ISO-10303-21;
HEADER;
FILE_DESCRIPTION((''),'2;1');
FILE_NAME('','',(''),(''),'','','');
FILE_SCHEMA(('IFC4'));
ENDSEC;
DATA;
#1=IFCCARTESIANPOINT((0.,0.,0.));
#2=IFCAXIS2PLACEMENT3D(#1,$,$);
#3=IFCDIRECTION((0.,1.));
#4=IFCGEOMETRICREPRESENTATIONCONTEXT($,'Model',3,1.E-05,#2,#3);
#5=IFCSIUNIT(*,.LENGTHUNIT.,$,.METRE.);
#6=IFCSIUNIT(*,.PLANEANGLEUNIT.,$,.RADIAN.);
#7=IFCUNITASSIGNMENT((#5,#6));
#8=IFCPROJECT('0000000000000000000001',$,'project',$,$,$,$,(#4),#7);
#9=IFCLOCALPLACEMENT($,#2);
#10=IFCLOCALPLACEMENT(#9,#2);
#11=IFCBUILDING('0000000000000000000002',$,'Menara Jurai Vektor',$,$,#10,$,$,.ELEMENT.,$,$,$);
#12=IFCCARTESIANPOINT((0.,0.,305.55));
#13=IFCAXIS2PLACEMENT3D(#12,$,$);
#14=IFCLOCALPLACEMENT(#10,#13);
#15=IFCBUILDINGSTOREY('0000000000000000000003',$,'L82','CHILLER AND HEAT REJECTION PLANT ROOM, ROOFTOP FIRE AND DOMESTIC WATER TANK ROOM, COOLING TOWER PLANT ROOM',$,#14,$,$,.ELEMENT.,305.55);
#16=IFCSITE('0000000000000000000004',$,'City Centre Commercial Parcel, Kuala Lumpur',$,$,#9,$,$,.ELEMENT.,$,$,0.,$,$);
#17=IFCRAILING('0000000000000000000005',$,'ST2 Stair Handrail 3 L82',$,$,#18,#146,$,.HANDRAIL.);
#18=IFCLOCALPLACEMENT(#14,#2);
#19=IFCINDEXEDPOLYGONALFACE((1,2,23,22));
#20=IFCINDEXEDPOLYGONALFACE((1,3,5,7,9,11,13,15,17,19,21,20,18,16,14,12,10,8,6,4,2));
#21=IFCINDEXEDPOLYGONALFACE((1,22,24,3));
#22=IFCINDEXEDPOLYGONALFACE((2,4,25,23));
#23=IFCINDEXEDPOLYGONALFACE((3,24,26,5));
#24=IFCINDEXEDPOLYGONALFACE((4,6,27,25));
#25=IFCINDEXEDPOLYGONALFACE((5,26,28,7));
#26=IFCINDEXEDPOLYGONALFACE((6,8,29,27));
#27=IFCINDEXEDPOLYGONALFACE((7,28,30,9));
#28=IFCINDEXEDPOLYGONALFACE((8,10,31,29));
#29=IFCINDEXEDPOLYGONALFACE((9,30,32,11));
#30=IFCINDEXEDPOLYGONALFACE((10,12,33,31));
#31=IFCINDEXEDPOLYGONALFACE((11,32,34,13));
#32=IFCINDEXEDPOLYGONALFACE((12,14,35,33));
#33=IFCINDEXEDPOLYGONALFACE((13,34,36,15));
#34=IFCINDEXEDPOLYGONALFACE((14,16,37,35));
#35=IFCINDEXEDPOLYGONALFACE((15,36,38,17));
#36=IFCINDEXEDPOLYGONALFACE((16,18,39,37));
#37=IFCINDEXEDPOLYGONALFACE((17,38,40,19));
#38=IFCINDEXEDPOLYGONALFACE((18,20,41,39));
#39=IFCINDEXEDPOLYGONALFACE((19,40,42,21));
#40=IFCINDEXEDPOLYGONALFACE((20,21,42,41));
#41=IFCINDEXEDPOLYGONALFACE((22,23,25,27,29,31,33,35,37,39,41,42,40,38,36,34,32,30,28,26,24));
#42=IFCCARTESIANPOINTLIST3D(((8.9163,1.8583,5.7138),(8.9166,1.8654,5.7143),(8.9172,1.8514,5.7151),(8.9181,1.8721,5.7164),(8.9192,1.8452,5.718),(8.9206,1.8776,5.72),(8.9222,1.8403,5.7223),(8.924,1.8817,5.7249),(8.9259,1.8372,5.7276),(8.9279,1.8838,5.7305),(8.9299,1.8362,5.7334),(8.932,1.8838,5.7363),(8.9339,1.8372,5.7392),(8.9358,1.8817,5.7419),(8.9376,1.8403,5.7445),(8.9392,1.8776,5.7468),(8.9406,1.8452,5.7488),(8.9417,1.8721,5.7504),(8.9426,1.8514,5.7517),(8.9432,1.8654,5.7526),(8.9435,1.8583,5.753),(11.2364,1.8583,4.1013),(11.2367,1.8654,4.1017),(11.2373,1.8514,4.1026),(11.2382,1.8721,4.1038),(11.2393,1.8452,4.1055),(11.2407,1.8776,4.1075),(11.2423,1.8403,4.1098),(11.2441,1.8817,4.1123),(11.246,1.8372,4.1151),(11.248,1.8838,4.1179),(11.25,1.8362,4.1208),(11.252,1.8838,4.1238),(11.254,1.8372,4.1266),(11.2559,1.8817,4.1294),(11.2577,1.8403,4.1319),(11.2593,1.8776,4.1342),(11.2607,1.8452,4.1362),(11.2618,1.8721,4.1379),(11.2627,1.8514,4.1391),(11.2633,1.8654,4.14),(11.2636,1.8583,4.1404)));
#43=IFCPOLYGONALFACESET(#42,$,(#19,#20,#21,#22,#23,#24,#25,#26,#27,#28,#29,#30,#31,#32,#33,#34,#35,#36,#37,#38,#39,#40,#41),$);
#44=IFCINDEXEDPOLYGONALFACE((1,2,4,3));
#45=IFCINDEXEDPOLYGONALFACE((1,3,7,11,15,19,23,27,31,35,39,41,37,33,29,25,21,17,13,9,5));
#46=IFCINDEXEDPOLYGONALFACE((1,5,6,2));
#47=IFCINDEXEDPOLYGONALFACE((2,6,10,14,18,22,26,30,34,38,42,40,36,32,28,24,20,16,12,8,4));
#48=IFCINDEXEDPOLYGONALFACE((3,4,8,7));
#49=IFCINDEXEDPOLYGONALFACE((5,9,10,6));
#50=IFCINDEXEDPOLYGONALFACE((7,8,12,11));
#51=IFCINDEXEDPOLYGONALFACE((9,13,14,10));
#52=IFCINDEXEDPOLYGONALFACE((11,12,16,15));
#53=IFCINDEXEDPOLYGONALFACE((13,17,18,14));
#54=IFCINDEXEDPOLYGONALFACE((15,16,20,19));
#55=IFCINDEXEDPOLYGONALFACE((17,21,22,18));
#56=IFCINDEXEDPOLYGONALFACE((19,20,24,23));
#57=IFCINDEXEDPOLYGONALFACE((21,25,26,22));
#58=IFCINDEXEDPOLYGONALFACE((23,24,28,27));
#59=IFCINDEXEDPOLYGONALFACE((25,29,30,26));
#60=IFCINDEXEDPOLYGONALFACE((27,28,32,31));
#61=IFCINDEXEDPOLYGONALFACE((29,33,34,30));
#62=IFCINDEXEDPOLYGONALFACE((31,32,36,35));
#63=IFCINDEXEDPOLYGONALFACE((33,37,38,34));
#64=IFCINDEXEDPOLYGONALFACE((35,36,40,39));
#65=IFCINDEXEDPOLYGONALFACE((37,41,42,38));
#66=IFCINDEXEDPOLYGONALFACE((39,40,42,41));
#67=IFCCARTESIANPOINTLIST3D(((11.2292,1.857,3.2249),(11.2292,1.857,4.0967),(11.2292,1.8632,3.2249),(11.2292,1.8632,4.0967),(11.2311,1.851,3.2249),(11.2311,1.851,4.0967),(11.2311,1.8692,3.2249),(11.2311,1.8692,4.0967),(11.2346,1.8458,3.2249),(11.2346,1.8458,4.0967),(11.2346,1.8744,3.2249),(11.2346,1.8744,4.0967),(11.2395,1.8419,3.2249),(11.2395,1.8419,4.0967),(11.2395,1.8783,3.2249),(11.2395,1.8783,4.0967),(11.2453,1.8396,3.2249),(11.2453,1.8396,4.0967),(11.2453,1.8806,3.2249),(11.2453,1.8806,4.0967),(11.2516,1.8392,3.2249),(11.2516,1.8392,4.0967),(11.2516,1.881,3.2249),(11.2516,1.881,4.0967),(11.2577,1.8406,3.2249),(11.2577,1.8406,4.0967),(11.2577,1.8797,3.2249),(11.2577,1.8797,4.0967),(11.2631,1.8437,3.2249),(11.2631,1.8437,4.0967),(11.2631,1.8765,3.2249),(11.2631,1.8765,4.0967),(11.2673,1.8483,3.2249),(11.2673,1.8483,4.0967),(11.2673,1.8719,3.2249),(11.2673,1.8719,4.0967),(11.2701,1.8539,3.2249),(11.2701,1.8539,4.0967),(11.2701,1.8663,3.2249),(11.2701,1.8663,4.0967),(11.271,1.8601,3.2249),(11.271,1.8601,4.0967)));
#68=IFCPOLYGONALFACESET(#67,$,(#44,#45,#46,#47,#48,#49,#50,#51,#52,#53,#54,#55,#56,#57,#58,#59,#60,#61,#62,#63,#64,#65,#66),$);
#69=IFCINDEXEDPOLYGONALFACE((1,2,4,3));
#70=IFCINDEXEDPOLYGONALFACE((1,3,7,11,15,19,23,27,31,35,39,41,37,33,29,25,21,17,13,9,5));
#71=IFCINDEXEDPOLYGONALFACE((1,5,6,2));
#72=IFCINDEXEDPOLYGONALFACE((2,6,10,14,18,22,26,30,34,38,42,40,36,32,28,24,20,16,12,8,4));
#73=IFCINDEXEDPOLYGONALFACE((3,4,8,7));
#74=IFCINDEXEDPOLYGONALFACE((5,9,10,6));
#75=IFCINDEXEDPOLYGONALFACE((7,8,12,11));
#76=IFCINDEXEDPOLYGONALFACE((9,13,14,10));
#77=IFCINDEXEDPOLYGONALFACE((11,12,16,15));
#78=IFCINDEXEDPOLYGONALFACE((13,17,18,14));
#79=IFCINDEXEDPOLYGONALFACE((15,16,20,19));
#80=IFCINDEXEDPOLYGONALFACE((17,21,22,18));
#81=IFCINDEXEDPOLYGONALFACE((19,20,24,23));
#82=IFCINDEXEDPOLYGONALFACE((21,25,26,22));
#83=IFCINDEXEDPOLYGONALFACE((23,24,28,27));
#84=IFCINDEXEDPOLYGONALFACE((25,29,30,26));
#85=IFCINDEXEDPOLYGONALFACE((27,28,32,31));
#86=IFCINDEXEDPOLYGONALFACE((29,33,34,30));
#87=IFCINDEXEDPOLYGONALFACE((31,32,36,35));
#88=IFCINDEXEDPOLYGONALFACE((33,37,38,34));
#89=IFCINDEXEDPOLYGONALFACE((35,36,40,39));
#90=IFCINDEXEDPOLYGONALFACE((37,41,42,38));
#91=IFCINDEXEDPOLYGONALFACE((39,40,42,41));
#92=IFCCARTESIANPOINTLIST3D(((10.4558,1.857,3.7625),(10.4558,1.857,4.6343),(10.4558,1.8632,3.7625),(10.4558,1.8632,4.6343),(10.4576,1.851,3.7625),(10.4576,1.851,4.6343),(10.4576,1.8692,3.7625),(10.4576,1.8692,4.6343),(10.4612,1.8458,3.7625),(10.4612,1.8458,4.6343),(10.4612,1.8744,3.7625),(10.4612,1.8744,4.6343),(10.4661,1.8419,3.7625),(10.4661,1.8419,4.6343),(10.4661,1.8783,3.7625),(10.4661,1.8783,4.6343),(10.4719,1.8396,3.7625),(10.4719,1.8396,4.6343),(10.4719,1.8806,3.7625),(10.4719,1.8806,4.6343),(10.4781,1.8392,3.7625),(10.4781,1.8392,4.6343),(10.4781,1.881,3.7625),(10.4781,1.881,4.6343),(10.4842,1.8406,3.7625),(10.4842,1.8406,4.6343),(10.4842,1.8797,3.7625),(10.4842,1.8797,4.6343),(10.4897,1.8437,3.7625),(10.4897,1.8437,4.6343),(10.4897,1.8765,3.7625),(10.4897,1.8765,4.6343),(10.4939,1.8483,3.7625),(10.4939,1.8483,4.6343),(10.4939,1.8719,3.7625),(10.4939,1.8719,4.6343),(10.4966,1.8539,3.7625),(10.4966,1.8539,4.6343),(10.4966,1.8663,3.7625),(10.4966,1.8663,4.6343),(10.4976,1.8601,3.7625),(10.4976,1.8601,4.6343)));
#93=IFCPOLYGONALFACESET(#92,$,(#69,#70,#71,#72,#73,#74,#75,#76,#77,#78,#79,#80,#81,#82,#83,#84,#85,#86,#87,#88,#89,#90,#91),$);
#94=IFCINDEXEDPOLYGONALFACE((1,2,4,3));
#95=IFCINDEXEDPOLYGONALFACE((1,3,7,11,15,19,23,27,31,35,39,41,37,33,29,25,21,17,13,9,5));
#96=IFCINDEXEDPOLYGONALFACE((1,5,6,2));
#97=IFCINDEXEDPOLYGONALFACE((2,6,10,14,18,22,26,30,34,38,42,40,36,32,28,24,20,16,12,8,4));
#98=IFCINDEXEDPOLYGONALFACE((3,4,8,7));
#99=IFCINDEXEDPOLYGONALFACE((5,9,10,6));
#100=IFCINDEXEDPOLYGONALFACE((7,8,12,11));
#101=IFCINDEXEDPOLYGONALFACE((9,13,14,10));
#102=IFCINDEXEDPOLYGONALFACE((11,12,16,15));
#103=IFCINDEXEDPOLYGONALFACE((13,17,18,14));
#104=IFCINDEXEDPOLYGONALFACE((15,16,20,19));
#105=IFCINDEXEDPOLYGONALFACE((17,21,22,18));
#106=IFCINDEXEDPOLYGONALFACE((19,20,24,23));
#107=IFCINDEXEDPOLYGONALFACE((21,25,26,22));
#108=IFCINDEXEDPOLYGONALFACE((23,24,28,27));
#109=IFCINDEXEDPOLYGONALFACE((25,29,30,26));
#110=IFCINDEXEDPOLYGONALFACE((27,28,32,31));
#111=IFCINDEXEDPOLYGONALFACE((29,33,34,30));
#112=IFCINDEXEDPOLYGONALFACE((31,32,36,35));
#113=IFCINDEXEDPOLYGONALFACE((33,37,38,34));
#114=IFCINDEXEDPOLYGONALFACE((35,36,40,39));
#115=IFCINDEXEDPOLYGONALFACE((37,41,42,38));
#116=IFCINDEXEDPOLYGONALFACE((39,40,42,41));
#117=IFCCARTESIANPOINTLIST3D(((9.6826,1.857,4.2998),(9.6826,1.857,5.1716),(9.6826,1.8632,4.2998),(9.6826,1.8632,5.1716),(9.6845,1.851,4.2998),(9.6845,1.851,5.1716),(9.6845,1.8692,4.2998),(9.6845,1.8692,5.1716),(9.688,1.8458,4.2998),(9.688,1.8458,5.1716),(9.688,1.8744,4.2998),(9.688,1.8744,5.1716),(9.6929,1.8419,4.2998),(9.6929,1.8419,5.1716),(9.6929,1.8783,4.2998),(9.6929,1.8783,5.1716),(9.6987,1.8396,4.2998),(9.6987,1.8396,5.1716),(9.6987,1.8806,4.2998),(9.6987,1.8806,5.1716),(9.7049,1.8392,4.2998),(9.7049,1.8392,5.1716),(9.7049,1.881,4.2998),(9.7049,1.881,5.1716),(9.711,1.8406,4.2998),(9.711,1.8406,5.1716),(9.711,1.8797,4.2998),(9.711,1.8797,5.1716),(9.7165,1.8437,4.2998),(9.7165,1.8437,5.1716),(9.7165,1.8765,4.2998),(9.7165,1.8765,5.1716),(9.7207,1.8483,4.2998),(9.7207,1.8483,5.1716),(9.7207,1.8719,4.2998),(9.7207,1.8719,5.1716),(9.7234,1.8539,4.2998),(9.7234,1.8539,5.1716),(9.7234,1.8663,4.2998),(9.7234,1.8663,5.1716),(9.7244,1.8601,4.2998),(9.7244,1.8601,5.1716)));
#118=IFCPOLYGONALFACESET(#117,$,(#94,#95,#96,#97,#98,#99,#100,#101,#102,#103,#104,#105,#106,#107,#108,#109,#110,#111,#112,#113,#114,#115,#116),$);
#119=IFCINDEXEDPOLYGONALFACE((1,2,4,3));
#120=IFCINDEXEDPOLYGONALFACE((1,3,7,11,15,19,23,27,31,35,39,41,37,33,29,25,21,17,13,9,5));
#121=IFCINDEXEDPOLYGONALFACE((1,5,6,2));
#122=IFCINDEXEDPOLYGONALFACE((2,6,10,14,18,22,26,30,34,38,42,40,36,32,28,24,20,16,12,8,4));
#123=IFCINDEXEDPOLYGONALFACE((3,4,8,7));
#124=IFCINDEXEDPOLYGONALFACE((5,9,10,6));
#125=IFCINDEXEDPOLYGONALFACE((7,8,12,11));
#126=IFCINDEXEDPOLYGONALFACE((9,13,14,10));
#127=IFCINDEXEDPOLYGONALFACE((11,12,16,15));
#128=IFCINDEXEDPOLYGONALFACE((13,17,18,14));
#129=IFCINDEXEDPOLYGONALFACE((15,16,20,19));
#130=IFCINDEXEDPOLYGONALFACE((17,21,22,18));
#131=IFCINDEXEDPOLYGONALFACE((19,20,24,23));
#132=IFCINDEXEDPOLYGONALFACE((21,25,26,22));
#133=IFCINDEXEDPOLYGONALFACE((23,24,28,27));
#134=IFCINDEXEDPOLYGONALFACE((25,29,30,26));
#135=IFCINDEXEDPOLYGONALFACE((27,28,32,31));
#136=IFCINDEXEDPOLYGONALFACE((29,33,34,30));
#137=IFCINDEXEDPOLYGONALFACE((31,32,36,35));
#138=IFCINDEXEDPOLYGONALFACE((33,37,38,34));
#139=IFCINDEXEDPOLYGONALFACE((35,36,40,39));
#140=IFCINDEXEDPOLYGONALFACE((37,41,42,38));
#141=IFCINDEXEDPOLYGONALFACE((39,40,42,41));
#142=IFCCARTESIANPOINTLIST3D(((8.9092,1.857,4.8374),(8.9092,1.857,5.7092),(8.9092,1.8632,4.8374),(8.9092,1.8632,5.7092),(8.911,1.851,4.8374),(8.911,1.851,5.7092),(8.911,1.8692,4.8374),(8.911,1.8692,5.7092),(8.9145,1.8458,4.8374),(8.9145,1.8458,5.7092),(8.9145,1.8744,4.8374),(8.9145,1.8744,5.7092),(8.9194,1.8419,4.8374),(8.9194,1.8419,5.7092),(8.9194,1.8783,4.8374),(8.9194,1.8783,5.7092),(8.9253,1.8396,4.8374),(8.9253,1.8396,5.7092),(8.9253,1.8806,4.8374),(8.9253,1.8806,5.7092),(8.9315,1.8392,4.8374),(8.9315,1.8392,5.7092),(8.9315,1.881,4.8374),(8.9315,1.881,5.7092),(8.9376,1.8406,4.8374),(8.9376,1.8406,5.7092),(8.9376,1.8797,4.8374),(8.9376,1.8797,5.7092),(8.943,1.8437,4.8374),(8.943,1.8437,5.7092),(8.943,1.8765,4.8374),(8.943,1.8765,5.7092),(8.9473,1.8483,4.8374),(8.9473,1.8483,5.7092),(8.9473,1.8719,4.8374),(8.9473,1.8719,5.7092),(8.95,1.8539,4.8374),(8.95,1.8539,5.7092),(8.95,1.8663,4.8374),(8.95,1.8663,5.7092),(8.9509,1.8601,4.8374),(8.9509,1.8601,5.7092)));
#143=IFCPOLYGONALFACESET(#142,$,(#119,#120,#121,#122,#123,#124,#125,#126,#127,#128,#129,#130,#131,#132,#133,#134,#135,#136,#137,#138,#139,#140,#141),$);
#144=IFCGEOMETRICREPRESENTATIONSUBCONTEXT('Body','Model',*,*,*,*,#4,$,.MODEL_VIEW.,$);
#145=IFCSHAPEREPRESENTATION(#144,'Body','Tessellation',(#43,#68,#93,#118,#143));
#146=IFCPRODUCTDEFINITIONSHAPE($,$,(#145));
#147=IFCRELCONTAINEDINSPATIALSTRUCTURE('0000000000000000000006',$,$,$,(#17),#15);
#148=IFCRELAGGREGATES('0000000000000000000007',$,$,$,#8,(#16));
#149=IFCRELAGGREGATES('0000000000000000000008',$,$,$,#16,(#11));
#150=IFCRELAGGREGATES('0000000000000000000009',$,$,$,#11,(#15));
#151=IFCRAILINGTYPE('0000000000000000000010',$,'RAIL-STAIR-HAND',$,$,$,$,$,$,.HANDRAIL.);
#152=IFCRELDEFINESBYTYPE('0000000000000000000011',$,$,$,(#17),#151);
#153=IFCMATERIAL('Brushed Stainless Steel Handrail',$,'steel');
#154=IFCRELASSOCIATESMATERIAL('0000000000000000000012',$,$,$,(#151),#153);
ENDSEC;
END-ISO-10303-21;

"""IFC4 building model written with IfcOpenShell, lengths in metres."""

from ifc_helpers import new_model, si_unit, direction, frame, origin, origin_2d, place, context, subcontext, project, spatial, circle, extrude, material, type_object, element, save


model = new_model("IFC4")

# Units and contexts
model_context = context("Model", 3, precision=1e-05, world=origin(), true_north=direction((0.0, 1.0)))
body_context = subcontext(model_context, "Body", "Model", "MODEL_VIEW")
ifc_project = project(units=[si_unit("LENGTHUNIT", "METRE"), si_unit("PLANEANGLEUNIT", "RADIAN")], contexts=[model_context])

# Site, building, storey
site_placement = place(None, origin())
site = spatial("IfcSite", under=ifc_project, at=site_placement, Name="City Centre Commercial Parcel, Kuala Lumpur", CompositionType="ELEMENT", RefElevation=0.0)
building_placement = place(site_placement, origin())
building = spatial("IfcBuilding", under=site, at=building_placement, Name="Menara Jurai Vektor", CompositionType="ELEMENT")
storey_placement = place(building_placement, frame((0.0, 0.0, 305.55)))
storey = spatial("IfcBuildingStorey", under=building, at=storey_placement, Name="L82", Description="CHILLER AND HEAT REJECTION PLANT ROOM, ROOFTOP FIRE AND DOMESTIC WATER TANK ROOM, COOLING TOWER PLANT ROOM", CompositionType="ELEMENT", Elevation=305.55)

# Railing
ifc_material_1 = material(Name="Brushed Stainless Steel Handrail", Category="steel")
railing_type = type_object("IfcRailingType", Name="RAIL-STAIR-HAND", PredefinedType="HANDRAIL", material=ifc_material_1)
railing_1_placement = place(storey_placement, frame((11.25, 1.8601, 3.2249)))
element("IfcRailing", 1, at=railing_1_placement, inside=storey, type_object=railing_type, Name="ST2 Stair Handrail 3 L82", PredefinedType="HANDRAIL", context=body_context, shape_type="SweptSolid", body=[
    extrude(circle(Radius=0.0239, at=origin_2d()), frame((0.0, 0.0, 0.896), z_axis=(-0.821139, 0.0, 0.570728), x_axis=(0.0, -1.0, 0.0)), (0.0, 0.0, 1.0), 2.8254),
    extrude(circle(Radius=0.021, at=origin_2d()), origin(), (0.0, 0.0, 1.0), 0.8718),
    extrude(circle(Radius=0.021, at=origin_2d()), frame((-0.7734, 0.0, 0.5376)), (0.0, 0.0, 1.0), 0.8718),
    extrude(circle(Radius=0.021, at=origin_2d()), frame((-1.5466, 0.0, 1.075)), (0.0, 0.0, 1.0), 0.8718),
    extrude(circle(Radius=0.021, at=origin_2d()), frame((-2.3201, 0.0, 1.6125)), (0.0, 0.0, 1.0), 0.8718),
])

save(model, "model.ifc")
